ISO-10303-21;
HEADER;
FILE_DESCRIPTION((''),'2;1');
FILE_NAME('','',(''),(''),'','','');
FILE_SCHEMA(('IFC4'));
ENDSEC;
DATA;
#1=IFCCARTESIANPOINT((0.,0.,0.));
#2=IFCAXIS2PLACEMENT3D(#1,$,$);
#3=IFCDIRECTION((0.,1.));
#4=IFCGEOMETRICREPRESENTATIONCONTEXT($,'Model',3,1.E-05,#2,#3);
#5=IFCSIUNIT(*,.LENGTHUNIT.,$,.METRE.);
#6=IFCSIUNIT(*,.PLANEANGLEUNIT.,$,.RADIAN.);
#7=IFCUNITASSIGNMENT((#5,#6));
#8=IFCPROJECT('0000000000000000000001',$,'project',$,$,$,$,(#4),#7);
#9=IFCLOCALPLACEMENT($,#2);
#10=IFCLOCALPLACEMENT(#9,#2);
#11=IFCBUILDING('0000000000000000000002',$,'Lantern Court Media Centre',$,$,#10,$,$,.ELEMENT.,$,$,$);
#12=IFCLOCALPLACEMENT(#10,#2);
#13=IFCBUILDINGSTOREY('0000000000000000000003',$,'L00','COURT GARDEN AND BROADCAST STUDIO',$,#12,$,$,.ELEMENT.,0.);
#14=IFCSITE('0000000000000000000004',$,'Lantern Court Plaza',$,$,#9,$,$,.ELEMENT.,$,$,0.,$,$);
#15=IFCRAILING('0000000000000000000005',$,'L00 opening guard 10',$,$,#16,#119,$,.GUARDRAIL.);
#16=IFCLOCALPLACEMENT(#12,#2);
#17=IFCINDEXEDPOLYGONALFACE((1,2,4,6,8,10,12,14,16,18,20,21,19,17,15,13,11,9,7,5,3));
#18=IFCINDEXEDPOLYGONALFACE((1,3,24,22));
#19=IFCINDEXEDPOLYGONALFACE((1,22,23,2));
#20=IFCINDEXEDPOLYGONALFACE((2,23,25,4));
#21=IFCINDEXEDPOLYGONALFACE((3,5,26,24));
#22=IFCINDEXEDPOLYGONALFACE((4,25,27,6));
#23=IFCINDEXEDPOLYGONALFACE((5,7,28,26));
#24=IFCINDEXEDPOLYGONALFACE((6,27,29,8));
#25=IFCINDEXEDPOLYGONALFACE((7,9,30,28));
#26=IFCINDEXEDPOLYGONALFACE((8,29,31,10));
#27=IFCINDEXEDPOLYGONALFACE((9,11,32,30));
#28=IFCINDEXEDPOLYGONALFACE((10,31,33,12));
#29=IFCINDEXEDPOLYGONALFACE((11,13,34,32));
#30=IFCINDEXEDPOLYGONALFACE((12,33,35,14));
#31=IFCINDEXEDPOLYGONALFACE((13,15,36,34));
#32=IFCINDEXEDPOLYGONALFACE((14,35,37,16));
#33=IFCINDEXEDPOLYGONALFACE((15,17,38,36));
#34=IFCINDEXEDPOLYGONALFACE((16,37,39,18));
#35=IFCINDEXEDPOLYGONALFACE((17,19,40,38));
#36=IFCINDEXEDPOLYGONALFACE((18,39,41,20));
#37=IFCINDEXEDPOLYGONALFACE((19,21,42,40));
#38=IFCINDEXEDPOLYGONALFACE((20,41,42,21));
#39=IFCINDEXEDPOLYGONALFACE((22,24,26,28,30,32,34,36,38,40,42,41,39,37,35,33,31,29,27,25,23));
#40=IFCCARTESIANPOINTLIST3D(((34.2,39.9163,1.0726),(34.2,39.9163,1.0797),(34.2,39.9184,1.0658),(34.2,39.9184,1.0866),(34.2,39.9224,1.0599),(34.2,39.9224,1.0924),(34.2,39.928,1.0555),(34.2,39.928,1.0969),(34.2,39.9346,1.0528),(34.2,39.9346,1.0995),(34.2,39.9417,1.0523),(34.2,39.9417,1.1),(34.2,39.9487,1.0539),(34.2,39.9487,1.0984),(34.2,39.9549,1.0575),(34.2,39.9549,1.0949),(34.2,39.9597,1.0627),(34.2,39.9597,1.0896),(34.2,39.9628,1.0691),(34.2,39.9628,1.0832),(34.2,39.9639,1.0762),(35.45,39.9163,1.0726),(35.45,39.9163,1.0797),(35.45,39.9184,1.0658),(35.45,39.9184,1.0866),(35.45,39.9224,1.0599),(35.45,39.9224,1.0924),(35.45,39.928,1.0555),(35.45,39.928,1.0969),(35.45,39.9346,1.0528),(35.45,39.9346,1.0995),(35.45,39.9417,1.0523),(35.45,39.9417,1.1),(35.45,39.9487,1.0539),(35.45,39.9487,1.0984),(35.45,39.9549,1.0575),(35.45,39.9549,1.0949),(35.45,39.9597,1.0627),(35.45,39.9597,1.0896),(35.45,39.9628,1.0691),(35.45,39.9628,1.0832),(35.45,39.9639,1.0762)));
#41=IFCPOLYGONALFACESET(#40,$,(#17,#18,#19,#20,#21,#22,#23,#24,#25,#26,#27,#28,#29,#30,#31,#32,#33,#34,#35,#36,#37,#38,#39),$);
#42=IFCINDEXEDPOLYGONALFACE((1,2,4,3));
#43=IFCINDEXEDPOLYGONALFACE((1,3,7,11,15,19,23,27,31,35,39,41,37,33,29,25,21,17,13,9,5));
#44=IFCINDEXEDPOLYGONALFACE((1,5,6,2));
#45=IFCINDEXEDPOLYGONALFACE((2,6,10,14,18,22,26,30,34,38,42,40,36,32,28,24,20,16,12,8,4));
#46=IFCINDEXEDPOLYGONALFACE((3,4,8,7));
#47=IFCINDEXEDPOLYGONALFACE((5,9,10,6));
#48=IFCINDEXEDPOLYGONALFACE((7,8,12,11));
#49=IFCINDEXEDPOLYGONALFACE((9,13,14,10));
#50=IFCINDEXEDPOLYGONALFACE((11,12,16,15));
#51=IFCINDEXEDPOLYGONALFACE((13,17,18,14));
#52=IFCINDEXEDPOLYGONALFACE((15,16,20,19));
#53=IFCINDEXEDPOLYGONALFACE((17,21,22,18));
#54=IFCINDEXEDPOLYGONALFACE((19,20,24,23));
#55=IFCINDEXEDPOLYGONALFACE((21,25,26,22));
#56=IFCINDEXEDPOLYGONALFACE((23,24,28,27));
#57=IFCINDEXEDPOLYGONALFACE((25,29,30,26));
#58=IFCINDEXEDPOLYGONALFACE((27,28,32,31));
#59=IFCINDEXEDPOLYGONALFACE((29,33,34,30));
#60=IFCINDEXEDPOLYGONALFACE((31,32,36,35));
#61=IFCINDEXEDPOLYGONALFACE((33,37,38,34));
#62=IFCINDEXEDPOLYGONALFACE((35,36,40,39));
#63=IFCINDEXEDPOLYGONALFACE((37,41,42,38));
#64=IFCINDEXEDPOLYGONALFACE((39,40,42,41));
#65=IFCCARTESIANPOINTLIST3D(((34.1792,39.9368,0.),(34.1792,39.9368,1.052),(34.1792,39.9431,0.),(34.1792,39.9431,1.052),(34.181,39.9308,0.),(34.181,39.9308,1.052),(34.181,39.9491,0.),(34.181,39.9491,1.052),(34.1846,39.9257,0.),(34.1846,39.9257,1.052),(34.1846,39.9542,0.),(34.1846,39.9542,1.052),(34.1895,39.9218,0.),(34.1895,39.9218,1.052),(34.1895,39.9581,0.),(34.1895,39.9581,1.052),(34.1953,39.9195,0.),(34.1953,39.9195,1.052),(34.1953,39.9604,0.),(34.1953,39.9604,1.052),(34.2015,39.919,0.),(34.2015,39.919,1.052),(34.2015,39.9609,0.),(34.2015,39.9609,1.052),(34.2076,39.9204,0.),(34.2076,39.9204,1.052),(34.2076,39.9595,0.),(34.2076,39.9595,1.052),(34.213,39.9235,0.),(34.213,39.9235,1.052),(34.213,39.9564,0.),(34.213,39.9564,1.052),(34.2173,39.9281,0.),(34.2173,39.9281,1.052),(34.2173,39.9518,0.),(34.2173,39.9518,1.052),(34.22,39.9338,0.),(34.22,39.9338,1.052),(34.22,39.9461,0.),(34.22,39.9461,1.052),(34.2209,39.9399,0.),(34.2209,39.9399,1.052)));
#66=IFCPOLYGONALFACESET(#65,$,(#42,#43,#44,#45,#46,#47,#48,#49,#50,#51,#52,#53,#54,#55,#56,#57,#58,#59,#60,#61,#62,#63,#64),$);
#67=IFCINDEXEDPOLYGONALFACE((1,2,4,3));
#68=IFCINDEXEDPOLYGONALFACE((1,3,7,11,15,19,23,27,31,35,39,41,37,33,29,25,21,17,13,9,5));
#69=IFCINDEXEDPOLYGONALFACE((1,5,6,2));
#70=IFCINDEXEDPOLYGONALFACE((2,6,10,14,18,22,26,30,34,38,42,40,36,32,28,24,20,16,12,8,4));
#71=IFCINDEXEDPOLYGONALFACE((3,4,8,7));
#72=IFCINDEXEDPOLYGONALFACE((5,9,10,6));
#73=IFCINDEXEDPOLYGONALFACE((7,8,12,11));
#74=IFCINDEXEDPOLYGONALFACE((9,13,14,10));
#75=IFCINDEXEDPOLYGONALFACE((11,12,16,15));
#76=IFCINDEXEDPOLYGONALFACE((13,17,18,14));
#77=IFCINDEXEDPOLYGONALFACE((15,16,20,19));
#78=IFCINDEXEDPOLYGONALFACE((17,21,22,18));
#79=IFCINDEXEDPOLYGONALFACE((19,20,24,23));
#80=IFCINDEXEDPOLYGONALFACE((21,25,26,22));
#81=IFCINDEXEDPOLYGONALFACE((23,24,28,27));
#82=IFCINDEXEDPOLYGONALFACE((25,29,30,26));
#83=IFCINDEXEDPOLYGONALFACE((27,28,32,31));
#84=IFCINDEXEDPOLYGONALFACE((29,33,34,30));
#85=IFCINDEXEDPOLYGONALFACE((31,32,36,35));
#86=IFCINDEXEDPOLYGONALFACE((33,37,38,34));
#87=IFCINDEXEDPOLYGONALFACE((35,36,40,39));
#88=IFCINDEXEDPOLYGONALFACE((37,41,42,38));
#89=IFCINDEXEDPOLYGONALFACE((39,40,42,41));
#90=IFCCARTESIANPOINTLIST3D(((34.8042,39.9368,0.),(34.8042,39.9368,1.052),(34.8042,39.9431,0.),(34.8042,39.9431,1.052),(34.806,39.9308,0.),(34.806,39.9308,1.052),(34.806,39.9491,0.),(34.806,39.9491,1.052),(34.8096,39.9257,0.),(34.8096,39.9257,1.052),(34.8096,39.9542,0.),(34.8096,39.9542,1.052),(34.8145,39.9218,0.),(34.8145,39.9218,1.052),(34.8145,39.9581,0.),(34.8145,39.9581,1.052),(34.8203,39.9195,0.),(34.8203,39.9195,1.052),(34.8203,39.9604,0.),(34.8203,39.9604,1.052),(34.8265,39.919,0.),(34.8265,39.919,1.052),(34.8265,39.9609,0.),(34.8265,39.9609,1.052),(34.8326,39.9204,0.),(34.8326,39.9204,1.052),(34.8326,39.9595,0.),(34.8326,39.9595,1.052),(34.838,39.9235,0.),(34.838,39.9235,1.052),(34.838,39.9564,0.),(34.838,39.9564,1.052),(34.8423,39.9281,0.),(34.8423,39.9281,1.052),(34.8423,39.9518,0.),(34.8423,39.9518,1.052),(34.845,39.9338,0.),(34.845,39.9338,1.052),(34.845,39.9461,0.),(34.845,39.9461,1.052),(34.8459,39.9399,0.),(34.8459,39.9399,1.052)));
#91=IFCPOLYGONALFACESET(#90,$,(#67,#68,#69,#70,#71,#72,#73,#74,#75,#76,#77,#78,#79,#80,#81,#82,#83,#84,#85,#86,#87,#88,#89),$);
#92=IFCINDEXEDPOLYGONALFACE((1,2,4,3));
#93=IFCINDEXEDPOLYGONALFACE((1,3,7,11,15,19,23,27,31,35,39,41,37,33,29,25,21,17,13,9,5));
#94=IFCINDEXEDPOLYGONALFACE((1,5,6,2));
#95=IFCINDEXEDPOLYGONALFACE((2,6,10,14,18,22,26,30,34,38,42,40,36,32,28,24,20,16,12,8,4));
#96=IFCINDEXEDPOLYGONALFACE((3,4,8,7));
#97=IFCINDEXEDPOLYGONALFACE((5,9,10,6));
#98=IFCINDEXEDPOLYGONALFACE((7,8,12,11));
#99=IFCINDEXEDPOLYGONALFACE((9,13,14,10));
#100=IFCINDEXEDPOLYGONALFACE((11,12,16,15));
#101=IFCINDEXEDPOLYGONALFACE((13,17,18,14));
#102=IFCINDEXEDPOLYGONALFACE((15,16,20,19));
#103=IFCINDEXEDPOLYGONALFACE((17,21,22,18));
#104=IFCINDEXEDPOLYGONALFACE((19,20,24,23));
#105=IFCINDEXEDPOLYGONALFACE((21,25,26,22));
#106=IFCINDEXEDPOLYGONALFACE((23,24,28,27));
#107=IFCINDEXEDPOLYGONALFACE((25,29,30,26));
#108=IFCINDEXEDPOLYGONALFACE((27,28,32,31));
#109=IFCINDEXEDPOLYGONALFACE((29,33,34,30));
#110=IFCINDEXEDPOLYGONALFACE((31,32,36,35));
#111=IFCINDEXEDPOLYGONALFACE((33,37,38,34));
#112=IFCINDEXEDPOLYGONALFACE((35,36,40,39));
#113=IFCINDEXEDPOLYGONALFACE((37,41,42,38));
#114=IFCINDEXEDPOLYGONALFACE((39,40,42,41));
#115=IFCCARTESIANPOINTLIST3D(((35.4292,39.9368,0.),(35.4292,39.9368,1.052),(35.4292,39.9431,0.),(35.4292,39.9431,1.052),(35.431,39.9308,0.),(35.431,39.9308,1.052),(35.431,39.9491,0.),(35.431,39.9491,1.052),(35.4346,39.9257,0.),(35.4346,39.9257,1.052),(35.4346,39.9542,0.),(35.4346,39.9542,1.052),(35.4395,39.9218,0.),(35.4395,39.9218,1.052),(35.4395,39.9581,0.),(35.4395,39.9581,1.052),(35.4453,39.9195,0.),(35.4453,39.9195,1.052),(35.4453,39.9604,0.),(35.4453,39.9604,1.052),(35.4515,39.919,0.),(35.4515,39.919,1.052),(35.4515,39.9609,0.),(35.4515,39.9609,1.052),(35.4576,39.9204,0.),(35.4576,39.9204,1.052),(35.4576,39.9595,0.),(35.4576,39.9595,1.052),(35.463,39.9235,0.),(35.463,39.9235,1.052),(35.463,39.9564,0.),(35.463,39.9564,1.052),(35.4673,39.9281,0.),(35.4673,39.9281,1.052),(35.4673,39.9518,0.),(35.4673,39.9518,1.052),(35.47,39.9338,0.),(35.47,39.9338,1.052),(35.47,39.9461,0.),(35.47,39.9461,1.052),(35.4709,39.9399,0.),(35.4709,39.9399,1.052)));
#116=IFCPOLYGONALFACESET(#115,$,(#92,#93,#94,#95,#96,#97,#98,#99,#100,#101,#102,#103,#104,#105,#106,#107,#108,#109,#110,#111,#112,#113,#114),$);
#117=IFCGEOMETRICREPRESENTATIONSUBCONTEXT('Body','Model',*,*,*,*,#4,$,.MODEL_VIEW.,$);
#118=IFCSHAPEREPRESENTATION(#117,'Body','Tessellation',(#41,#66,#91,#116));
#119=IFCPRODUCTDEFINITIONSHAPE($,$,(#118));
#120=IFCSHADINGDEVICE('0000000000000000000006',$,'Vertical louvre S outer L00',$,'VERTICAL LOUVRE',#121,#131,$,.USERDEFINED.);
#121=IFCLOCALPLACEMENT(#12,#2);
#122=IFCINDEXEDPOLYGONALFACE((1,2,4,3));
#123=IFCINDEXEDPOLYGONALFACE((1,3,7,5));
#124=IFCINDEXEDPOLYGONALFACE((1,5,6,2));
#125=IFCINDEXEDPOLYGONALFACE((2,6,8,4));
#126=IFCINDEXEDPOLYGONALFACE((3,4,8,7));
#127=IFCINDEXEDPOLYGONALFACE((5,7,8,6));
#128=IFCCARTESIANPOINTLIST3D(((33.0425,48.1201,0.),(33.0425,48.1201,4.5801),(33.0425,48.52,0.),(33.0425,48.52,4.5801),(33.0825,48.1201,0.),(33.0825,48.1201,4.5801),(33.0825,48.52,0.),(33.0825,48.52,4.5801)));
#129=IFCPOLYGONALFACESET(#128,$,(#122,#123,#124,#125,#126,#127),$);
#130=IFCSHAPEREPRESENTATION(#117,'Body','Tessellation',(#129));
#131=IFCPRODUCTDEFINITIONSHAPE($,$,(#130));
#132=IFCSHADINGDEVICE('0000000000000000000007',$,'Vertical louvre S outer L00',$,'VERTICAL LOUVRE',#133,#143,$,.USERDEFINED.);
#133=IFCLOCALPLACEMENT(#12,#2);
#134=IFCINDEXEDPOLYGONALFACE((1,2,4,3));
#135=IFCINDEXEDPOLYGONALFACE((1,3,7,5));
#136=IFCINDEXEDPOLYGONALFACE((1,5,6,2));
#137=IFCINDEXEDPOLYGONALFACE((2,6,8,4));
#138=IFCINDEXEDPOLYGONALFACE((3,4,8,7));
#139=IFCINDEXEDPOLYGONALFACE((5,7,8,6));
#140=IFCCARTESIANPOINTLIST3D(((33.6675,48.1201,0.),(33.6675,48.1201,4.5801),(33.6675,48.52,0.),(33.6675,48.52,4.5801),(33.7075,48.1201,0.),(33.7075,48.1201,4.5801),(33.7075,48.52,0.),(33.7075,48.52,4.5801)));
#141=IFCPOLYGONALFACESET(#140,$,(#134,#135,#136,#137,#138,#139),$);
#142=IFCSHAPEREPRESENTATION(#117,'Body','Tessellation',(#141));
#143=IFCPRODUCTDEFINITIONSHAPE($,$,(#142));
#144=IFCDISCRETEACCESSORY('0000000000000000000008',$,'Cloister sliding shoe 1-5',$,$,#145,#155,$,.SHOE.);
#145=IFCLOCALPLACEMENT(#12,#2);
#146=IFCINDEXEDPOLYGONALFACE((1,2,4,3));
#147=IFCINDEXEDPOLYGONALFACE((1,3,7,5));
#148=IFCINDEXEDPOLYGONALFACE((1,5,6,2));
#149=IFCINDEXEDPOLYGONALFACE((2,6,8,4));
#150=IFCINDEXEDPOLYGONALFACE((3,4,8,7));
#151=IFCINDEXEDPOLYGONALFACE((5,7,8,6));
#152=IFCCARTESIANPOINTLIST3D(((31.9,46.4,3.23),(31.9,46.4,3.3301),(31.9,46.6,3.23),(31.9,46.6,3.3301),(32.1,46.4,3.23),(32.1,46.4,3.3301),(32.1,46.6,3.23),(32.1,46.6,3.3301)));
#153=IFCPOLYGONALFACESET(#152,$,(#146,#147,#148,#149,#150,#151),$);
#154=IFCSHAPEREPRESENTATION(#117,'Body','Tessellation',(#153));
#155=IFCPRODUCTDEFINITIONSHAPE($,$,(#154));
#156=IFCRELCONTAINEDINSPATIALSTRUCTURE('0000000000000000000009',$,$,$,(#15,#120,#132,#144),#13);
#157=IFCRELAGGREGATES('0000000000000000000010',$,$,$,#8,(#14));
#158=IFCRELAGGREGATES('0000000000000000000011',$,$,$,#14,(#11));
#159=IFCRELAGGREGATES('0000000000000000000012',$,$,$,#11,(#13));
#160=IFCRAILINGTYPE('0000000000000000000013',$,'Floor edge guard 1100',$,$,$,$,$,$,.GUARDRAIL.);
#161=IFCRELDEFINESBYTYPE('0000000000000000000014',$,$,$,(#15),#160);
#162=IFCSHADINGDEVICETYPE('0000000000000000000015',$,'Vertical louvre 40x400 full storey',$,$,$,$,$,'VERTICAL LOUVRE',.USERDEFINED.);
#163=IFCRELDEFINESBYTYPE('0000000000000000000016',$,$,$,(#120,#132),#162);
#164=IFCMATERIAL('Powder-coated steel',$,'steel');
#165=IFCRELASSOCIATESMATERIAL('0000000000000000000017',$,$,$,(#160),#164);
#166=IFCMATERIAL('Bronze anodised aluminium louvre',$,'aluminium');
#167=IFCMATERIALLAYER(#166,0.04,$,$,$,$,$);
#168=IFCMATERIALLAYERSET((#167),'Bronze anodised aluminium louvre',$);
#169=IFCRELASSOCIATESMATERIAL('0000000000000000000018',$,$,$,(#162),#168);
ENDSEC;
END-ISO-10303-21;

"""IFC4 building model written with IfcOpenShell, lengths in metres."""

from ifc_helpers import new_model, si_unit, direction, frame, origin, origin_2d, place, context, subcontext, project, spatial, rectangle, circle, extrude, material, layer, layer_set, type_object, element, save


model = new_model("IFC4")

# Units and contexts
model_context = context("Model", 3, precision=1e-05, world=origin(), true_north=direction((0.0, 1.0)))
body_context = subcontext(model_context, "Body", "Model", "MODEL_VIEW")
ifc_project = project(units=[si_unit("LENGTHUNIT", "METRE"), si_unit("PLANEANGLEUNIT", "RADIAN")], contexts=[model_context])

# Site, building, storey
site_placement = place(None, origin())
site = spatial("IfcSite", under=ifc_project, at=site_placement, Name="Lantern Court Plaza", CompositionType="ELEMENT", RefElevation=0.0)
building_placement = place(site_placement, origin())
building = spatial("IfcBuilding", under=site, at=building_placement, Name="Lantern Court Media Centre", CompositionType="ELEMENT")
storey_placement = place(building_placement, origin())
storey = spatial("IfcBuildingStorey", under=building, at=storey_placement, Name="L00", Description="COURT GARDEN AND BROADCAST STUDIO", CompositionType="ELEMENT", Elevation=0.0)

# Railing
ifc_material_1 = material(Name="Powder-coated steel", Category="steel")
railing_type = type_object("IfcRailingType", Name="Floor edge guard 1100", PredefinedType="GUARDRAIL", material=ifc_material_1)
railing_1_placement = place(storey_placement, frame((34.2, 39.9399, 0.0)))
element("IfcRailing", 1, at=railing_1_placement, inside=storey, type_object=railing_type, Name="L00 opening guard 10", PredefinedType="GUARDRAIL", context=body_context, shape_type="SweptSolid", body=[
    extrude(circle(Radius=0.0239, at=origin_2d()), frame((0.0, 0.0, 1.0762), z_axis=(1.0, 0.0, 0.0), x_axis=(0.0, 1.0, 0.0)), (0.0, 0.0, 1.0), 1.25),
    extrude(circle(Radius=0.021, at=origin_2d()), origin(), (0.0, 0.0, 1.0), 1.052),
    extrude(circle(Radius=0.021, at=origin_2d()), frame((0.625, 0.0, 0.0)), (0.0, 0.0, 1.0), 1.052),
    extrude(circle(Radius=0.021, at=origin_2d()), frame((1.25, 0.0, 0.0)), (0.0, 0.0, 1.0), 1.052),
])

# Shading devices
ifc_material_2 = material(Name="Bronze anodised aluminium louvre", Category="aluminium")
ifc_layer_1 = layer(ifc_material_2, 0.04)
ifc_layer_set_1 = layer_set([ifc_layer_1], Name="Bronze anodised aluminium louvre")
shading_device_type = type_object("IfcShadingDeviceType", Name="Vertical louvre 40x400 full storey", ElementType="VERTICAL LOUVRE", PredefinedType="USERDEFINED", material=ifc_layer_set_1)
for number, where, z_axis, x_axis, name in (
    (2, (33.0625, 48.3201, 0.0), (0.0, 0.0, 1.0), (1.0, 0.0, 0.0), "Vertical louvre S outer L00"),
    (3, (33.6875, 48.3201, 0.0), (0.0, 0.0, 1.0), (1.0, 0.0, 0.0), "Vertical louvre S outer L00"),
):
    element("IfcShadingDevice", number, at=place(storey_placement, frame(where, z_axis=z_axis, x_axis=x_axis)), inside=storey, type_object=shading_device_type, Name=name, ObjectType="VERTICAL LOUVRE", PredefinedType="USERDEFINED", context=body_context, shape_type="SweptSolid", body=[
        extrude(rectangle(XDim=0.04, YDim=0.3999, at=origin_2d()), origin(), (0.0, 0.0, 1.0), 4.5801),
    ])

# Discrete accessory
discrete_accessory_placement = place(storey_placement, frame((32.0, 46.5, 3.23), z_axis=(0.0, 0.0, 1.0), x_axis=(1.0, 0.0, 0.0)))
element("IfcDiscreteAccessory", 4, at=discrete_accessory_placement, inside=storey, Name="Cloister sliding shoe 1-5", PredefinedType="SHOE", context=body_context, shape_type="SweptSolid", body=[
    extrude(rectangle(XDim=0.2, YDim=0.2, at=origin_2d()), origin(), (0.0, 0.0, 1.0), 0.1001),
])

save(model, "model.ifc")
